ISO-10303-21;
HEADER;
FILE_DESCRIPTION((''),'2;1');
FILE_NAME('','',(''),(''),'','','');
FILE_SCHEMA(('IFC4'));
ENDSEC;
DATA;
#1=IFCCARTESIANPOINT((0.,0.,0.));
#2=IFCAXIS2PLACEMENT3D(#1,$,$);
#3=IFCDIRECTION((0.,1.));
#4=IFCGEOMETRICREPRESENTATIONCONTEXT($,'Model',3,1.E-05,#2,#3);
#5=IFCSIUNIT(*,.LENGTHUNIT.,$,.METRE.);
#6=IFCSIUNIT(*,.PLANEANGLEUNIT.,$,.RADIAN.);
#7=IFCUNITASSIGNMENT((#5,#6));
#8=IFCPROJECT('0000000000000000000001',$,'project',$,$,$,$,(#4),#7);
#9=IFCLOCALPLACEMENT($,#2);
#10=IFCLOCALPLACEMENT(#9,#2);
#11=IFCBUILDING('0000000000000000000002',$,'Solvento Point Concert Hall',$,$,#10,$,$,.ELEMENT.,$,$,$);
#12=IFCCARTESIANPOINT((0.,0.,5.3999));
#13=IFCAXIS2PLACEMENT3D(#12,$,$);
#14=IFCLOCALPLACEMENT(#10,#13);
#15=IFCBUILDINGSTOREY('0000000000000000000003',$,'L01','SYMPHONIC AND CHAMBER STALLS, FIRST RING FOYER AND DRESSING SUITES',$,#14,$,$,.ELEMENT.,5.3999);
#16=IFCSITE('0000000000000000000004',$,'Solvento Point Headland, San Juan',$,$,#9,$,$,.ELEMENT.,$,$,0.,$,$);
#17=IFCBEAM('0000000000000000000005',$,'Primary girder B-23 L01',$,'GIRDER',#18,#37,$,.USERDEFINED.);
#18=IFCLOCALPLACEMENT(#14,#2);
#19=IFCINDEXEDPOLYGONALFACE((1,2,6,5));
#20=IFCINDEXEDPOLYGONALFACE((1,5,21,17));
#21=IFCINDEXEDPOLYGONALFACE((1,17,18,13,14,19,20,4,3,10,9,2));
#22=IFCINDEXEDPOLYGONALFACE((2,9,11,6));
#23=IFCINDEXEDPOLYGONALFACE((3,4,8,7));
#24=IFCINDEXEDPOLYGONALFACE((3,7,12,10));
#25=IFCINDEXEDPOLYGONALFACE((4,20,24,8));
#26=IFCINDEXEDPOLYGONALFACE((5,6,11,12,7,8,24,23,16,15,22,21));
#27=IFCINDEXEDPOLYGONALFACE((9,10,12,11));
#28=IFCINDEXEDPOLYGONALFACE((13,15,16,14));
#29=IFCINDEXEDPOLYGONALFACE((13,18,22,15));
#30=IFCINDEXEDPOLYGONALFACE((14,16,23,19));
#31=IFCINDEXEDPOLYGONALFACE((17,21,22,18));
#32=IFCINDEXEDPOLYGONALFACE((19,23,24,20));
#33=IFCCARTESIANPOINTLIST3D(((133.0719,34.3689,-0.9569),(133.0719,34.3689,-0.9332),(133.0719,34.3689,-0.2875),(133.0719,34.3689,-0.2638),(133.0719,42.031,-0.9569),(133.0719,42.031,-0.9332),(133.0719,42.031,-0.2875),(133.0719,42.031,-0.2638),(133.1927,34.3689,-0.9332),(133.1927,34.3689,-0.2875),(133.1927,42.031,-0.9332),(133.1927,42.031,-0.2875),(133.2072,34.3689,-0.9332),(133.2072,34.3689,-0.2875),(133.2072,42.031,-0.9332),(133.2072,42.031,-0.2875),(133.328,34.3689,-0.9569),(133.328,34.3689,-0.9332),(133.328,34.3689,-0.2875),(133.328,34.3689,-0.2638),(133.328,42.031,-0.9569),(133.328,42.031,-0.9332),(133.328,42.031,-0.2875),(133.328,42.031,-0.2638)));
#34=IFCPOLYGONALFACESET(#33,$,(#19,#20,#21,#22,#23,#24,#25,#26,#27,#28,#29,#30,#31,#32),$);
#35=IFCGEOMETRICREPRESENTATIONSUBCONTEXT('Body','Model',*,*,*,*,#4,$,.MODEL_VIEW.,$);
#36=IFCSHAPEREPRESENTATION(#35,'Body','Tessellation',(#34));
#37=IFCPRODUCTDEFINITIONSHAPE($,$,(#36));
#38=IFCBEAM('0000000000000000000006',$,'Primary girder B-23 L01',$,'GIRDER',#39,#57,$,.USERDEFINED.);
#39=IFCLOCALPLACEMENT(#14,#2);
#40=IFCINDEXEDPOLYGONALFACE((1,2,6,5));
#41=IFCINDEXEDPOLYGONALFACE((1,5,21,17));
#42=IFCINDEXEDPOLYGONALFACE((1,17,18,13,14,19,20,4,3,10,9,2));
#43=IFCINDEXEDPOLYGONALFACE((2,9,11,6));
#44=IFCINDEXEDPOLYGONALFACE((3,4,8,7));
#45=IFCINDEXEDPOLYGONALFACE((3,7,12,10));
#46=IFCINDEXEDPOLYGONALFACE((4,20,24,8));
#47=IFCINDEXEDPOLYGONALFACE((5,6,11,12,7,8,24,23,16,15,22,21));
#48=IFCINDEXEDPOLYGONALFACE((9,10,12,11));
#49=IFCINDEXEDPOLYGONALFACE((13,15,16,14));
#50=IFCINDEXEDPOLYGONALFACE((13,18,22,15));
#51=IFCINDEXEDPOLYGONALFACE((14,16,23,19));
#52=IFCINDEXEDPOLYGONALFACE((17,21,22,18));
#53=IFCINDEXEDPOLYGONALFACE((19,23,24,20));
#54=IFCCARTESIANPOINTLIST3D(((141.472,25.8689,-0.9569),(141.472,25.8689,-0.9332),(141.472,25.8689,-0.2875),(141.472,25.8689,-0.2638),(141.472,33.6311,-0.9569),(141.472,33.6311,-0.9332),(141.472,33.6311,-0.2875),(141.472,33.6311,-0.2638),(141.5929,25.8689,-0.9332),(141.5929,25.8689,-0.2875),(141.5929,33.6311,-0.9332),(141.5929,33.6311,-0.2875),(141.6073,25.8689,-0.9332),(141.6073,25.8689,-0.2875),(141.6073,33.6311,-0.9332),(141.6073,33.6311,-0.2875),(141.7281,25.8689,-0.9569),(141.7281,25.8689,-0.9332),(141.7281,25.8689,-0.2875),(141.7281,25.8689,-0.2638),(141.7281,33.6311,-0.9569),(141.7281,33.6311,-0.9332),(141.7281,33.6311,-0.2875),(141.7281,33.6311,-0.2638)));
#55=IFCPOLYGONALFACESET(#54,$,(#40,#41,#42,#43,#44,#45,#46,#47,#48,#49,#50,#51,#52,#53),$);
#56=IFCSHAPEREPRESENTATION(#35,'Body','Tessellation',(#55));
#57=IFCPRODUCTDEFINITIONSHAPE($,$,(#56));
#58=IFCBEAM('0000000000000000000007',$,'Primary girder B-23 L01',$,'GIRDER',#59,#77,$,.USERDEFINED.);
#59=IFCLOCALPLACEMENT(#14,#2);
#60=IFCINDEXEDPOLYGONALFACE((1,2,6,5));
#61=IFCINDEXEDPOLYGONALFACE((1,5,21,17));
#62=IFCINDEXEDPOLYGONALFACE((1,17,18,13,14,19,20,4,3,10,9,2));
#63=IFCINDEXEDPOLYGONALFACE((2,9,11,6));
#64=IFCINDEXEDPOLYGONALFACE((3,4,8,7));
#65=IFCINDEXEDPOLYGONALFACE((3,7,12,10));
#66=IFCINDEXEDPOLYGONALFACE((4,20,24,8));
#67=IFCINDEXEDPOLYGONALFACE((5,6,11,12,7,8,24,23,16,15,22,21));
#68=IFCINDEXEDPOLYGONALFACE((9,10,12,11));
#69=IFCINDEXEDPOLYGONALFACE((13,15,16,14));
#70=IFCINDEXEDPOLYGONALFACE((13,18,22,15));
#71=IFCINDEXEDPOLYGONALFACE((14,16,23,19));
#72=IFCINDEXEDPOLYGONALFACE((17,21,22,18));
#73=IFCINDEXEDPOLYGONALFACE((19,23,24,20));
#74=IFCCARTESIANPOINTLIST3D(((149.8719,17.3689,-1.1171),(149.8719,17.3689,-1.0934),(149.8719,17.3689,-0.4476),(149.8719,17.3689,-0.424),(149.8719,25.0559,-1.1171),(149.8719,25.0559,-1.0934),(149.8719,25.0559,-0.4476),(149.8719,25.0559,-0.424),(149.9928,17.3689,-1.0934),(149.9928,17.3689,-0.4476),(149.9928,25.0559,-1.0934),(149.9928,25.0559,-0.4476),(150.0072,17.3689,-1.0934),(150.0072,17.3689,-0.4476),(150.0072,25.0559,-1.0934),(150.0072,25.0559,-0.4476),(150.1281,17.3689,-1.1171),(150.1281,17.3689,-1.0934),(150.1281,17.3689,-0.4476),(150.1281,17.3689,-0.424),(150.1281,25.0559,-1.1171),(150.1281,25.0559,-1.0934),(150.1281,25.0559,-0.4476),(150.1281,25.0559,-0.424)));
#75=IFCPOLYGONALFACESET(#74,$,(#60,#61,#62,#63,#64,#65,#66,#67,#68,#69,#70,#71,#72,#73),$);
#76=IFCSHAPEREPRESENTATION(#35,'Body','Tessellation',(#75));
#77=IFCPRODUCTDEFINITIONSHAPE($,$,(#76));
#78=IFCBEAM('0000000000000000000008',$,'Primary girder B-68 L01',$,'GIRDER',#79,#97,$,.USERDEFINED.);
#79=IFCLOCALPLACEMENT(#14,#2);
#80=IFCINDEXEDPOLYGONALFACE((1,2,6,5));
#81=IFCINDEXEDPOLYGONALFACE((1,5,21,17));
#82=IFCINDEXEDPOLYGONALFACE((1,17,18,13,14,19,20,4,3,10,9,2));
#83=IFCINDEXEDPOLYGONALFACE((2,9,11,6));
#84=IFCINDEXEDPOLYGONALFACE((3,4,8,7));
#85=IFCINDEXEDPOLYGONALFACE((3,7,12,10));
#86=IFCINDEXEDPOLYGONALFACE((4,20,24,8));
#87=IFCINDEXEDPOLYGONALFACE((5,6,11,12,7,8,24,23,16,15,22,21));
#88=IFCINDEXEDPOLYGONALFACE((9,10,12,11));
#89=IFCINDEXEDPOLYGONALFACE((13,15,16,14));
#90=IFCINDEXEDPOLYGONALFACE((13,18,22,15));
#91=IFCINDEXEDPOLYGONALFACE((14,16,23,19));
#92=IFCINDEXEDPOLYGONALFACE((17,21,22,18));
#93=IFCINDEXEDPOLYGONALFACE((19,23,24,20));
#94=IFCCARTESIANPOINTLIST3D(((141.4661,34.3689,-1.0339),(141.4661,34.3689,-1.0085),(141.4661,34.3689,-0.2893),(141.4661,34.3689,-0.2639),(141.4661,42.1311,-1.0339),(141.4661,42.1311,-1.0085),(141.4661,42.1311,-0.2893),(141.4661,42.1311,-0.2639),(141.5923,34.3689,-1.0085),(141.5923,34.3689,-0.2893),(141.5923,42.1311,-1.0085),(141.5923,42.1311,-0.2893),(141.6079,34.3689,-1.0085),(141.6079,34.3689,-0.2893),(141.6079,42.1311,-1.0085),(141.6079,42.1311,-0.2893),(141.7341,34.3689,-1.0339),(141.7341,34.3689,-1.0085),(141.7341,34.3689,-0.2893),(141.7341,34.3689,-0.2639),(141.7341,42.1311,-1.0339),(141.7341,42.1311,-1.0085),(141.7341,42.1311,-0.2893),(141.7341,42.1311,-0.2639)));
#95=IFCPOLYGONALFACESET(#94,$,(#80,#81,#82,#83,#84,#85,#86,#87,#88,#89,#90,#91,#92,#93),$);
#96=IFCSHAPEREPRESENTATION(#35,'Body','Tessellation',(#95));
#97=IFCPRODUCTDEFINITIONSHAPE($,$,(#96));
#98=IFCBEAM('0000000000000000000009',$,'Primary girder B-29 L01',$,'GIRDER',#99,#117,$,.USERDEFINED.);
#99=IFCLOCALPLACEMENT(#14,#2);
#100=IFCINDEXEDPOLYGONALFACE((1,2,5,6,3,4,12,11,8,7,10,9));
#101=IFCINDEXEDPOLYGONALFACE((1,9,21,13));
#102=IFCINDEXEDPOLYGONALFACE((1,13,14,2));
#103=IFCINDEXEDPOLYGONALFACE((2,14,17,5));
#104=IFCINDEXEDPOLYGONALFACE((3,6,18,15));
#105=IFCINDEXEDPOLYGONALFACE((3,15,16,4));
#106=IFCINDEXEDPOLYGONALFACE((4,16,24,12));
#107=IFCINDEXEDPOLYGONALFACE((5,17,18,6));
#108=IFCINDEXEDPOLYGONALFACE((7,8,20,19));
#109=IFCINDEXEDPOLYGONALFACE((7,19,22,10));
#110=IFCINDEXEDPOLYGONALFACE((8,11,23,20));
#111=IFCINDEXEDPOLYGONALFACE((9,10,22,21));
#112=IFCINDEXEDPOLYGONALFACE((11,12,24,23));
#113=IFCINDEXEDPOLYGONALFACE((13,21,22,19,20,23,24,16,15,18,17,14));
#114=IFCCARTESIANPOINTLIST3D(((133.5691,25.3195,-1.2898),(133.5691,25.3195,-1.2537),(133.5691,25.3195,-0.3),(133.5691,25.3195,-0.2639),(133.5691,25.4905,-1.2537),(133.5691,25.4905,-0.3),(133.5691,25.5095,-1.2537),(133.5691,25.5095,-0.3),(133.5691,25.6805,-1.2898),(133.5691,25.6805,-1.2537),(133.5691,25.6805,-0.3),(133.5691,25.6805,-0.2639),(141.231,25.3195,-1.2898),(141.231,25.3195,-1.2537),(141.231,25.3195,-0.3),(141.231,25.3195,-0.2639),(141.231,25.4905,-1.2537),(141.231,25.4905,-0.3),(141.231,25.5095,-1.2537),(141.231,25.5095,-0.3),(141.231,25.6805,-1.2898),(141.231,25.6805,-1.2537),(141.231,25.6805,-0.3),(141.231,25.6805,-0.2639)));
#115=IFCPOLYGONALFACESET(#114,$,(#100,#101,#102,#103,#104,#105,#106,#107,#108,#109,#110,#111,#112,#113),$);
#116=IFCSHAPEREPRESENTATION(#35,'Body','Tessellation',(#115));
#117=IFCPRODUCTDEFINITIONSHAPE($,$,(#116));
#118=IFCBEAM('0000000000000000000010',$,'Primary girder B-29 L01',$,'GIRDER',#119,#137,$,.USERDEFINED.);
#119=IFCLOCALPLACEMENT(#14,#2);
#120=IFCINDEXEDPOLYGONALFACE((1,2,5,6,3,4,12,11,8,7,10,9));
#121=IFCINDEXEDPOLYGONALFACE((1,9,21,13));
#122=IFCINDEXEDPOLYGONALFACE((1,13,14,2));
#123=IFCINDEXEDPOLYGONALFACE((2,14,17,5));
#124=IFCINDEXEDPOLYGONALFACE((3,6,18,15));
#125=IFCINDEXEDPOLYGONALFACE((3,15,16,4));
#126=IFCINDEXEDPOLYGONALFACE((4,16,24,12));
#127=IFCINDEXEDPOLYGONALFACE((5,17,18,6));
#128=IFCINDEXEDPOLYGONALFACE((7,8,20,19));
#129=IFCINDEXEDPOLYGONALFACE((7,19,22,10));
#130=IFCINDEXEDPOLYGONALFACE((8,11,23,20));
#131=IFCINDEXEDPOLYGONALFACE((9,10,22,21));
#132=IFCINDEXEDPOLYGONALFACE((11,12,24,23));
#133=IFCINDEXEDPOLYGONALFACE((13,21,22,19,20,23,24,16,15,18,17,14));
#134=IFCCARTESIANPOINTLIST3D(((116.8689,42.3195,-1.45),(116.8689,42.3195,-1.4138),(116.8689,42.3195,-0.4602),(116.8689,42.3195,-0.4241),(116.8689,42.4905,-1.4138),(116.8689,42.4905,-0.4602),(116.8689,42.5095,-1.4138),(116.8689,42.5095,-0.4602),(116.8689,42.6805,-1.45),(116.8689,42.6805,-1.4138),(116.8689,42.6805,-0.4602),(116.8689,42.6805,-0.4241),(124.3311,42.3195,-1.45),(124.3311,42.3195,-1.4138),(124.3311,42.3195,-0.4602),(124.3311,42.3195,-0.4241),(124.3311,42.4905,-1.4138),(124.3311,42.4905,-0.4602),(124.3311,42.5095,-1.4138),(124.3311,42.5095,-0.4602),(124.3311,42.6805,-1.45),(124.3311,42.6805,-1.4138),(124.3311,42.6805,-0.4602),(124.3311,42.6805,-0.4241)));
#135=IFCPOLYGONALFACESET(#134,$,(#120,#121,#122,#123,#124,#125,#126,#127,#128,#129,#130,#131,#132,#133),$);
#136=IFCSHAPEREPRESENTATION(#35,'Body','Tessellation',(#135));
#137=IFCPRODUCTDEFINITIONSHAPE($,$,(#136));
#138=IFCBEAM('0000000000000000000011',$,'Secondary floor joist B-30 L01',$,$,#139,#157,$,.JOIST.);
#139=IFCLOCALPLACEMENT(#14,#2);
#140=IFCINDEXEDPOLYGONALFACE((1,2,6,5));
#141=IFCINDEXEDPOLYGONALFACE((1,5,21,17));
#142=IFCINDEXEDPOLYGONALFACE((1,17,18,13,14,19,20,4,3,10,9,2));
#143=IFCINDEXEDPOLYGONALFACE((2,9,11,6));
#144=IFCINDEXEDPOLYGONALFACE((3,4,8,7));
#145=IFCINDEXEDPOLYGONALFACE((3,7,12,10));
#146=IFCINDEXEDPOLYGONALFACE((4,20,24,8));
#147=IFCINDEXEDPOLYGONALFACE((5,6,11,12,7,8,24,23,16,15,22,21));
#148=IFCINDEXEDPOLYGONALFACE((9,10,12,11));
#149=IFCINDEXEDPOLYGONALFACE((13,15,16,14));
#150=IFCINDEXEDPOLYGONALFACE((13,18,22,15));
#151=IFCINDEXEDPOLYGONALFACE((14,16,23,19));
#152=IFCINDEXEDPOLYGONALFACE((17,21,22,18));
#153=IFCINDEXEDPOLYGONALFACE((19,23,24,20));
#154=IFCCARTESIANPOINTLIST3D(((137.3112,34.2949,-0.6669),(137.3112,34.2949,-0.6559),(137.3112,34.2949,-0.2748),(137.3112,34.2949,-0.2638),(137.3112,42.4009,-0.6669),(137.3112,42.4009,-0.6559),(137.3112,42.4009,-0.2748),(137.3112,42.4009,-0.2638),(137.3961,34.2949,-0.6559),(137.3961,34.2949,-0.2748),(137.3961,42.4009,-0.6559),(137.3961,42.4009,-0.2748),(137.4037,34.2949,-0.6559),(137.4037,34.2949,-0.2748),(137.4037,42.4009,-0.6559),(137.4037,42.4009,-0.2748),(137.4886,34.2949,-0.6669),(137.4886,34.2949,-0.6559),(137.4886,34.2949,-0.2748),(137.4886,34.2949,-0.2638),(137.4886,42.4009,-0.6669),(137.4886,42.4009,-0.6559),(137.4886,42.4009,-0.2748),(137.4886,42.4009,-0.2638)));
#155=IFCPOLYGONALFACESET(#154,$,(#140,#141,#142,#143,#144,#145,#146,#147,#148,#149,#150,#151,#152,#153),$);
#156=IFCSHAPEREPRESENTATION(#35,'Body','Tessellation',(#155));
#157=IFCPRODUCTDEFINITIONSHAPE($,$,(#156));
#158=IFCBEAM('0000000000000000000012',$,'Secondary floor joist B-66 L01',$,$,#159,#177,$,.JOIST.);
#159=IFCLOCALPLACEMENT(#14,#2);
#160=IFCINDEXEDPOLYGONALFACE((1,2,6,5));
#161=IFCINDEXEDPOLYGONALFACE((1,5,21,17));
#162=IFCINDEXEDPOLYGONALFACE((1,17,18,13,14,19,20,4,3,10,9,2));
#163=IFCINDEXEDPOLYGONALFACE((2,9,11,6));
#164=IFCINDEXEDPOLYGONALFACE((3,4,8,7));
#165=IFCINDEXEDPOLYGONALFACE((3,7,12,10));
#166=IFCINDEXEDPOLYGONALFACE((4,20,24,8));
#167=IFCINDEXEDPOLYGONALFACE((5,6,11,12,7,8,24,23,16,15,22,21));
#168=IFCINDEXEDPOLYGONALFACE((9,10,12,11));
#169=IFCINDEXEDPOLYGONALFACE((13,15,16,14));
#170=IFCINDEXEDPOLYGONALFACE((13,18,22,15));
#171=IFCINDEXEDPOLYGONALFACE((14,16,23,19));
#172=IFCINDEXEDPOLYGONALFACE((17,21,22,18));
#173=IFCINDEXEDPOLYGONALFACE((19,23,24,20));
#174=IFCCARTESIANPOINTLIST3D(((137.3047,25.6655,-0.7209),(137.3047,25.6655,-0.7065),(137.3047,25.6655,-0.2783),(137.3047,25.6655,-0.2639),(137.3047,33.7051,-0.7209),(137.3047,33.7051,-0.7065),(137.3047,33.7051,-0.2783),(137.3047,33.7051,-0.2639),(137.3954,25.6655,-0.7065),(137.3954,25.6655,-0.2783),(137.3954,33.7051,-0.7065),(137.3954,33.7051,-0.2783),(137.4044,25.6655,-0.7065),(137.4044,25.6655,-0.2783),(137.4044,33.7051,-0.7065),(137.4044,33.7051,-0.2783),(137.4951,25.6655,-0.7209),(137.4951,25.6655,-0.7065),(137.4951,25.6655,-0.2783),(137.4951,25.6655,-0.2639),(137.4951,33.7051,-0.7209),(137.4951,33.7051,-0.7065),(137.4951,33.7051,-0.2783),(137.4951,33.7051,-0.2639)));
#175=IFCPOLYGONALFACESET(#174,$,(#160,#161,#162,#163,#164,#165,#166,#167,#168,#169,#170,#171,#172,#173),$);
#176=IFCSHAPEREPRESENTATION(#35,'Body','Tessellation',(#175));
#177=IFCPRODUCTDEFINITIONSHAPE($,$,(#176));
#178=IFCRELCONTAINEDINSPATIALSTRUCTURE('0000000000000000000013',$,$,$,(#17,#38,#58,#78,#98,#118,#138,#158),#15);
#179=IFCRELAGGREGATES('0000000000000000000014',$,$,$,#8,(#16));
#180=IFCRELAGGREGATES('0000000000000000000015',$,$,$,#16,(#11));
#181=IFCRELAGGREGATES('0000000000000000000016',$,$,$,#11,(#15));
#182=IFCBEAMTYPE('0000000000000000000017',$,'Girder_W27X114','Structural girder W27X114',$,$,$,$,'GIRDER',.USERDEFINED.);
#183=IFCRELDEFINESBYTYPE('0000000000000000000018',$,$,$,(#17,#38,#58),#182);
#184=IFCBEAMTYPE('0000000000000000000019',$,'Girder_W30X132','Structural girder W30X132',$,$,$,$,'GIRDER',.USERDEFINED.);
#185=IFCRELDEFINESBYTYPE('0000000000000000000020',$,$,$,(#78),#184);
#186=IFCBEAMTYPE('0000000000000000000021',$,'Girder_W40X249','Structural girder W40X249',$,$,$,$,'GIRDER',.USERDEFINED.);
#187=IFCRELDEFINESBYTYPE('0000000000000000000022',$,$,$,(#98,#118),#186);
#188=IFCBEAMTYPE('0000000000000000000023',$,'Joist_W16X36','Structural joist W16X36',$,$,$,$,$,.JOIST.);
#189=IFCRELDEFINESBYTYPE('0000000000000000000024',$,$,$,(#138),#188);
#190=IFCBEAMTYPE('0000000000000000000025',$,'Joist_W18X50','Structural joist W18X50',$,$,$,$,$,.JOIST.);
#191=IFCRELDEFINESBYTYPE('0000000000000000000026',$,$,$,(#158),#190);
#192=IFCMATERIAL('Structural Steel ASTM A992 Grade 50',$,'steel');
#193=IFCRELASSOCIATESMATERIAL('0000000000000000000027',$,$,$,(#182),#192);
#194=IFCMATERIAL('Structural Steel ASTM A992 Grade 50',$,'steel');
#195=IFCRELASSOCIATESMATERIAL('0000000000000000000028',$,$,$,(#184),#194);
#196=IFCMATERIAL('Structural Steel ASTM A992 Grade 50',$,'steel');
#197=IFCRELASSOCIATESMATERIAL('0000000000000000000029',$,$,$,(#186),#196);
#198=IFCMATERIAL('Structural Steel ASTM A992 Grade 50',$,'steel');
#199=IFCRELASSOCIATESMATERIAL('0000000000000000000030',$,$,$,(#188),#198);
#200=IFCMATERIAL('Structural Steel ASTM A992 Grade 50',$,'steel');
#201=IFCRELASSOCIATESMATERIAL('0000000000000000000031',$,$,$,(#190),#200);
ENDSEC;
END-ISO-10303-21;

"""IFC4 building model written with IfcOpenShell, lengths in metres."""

from ifc_helpers import new_model, si_unit, direction, frame, origin, origin_2d, place, context, subcontext, project, spatial, i_section, extrude, material, material_profile, profile_set, type_object, element, save


model = new_model("IFC4")

# Units and contexts
model_context = context("Model", 3, precision=1e-05, world=origin(), true_north=direction((0.0, 1.0)))
body_context = subcontext(model_context, "Body", "Model", "MODEL_VIEW")
ifc_project = project(units=[si_unit("LENGTHUNIT", "METRE"), si_unit("PLANEANGLEUNIT", "RADIAN")], contexts=[model_context])

# Site, building, storey
site_placement = place(None, origin())
site = spatial("IfcSite", under=ifc_project, at=site_placement, Name="Solvento Point Headland, San Juan", CompositionType="ELEMENT", RefElevation=0.0)
building_placement = place(site_placement, origin())
building = spatial("IfcBuilding", under=site, at=building_placement, Name="Solvento Point Concert Hall", CompositionType="ELEMENT")
storey_placement = place(building_placement, frame((0.0, 0.0, 5.3999)))
storey = spatial("IfcBuildingStorey", under=building, at=storey_placement, Name="L01", Description="SYMPHONIC AND CHAMBER STALLS, FIRST RING FOYER AND DRESSING SUITES", CompositionType="ELEMENT", Elevation=5.3999)

# Beams
ifc_material_1 = material(Name="Structural Steel ASTM A992 Grade 50", Category="steel")
ifc_material_profile_1 = material_profile(ifc_material_1, i_section(OverallWidth=0.2561, OverallDepth=0.6931, WebThickness=0.0144, FlangeThickness=0.0237, at=origin_2d()), Name="W27X114")
ifc_profile_set_1 = profile_set([ifc_material_profile_1], Name="Structural Steel ASTM A992 Grade 50")
beam_type_1 = type_object("IfcBeamType", Name="Girder_W27X114", Description="Structural girder W27X114", ElementType="GIRDER", PredefinedType="USERDEFINED", material=ifc_profile_set_1)
beam_1_placement = place(storey_placement, frame((133.2, 34.3689, -0.6104), z_axis=(0.0, 1.0, 0.0), x_axis=(-1.0, 0.0, 0.0)))
element("IfcBeam", 1, at=beam_1_placement, inside=storey, type_object=beam_type_1, Name="Primary girder B-23 L01", ObjectType="GIRDER", PredefinedType="USERDEFINED", context=body_context, shape_type="SweptSolid", body=[
    extrude(i_section(OverallWidth=0.2561, OverallDepth=0.6931, WebThickness=0.0144, FlangeThickness=0.0237, at=origin_2d()), origin(), (0.0, 0.0, 1.0), 7.6621),
])
beam_2_placement = place(storey_placement, frame((141.6001, 25.8689, -0.6104), z_axis=(0.0, 1.0, 0.0), x_axis=(-1.0, 0.0, 0.0)))
element("IfcBeam", 2, at=beam_2_placement, inside=storey, type_object=beam_type_1, Name="Primary girder B-23 L01", ObjectType="GIRDER", PredefinedType="USERDEFINED", context=body_context, shape_type="SweptSolid", body=[
    extrude(i_section(OverallWidth=0.2561, OverallDepth=0.6931, WebThickness=0.0144, FlangeThickness=0.0237, at=origin_2d()), origin(), (0.0, 0.0, 1.0), 7.7622),
])
beam_3_placement = place(storey_placement, frame((150.0, 17.3689, -0.7705), z_axis=(0.0, 1.0, 0.0), x_axis=(-1.0, 0.0, 0.0)))
element("IfcBeam", 3, at=beam_3_placement, inside=storey, type_object=beam_type_1, Name="Primary girder B-23 L01", ObjectType="GIRDER", PredefinedType="USERDEFINED", context=body_context, shape_type="SweptSolid", body=[
    extrude(i_section(OverallWidth=0.2561, OverallDepth=0.6931, WebThickness=0.0144, FlangeThickness=0.0237, at=origin_2d()), origin(), (0.0, 0.0, 1.0), 7.687),
])
ifc_material_2 = material(Name="Structural Steel ASTM A992 Grade 50", Category="steel")
ifc_material_profile_2 = material_profile(ifc_material_2, i_section(OverallWidth=0.2681, OverallDepth=0.77, WebThickness=0.0156, FlangeThickness=0.0254, at=origin_2d()), Name="W30X132")
ifc_profile_set_2 = profile_set([ifc_material_profile_2], Name="Structural Steel ASTM A992 Grade 50")
beam_type_2 = type_object("IfcBeamType", Name="Girder_W30X132", Description="Structural girder W30X132", ElementType="GIRDER", PredefinedType="USERDEFINED", material=ifc_profile_set_2)
beam_4_placement = place(storey_placement, frame((141.6001, 34.3689, -0.6489), z_axis=(0.0, 1.0, 0.0), x_axis=(-1.0, 0.0, 0.0)))
element("IfcBeam", 4, at=beam_4_placement, inside=storey, type_object=beam_type_2, Name="Primary girder B-68 L01", ObjectType="GIRDER", PredefinedType="USERDEFINED", context=body_context, shape_type="SweptSolid", body=[
    extrude(i_section(OverallWidth=0.2681, OverallDepth=0.77, WebThickness=0.0156, FlangeThickness=0.0254, at=origin_2d()), origin(), (0.0, 0.0, 1.0), 7.7622),
])
ifc_material_3 = material(Name="Structural Steel ASTM A992 Grade 50", Category="steel")
ifc_material_profile_3 = material_profile(ifc_material_3, i_section(OverallWidth=0.3611, OverallDepth=1.0259, WebThickness=0.019, FlangeThickness=0.0361, at=origin_2d()), Name="W40X249")
ifc_profile_set_3 = profile_set([ifc_material_profile_3], Name="Structural Steel ASTM A992 Grade 50")
beam_type_3 = type_object("IfcBeamType", Name="Girder_W40X249", Description="Structural girder W40X249", ElementType="GIRDER", PredefinedType="USERDEFINED", material=ifc_profile_set_3)
beam_5_placement = place(storey_placement, frame((133.5691, 25.5, -0.7769), z_axis=(1.0, 0.0, 0.0), x_axis=(0.0, 1.0, 0.0)))
element("IfcBeam", 5, at=beam_5_placement, inside=storey, type_object=beam_type_3, Name="Primary girder B-29 L01", ObjectType="GIRDER", PredefinedType="USERDEFINED", context=body_context, shape_type="SweptSolid", body=[
    extrude(i_section(OverallWidth=0.3611, OverallDepth=1.0259, WebThickness=0.019, FlangeThickness=0.0361, at=origin_2d()), origin(), (0.0, 0.0, 1.0), 7.6619),
])
beam_6_placement = place(storey_placement, frame((116.8689, 42.5, -0.937), z_axis=(1.0, 0.0, 0.0), x_axis=(0.0, 1.0, 0.0)))
element("IfcBeam", 6, at=beam_6_placement, inside=storey, type_object=beam_type_3, Name="Primary girder B-29 L01", ObjectType="GIRDER", PredefinedType="USERDEFINED", context=body_context, shape_type="SweptSolid", body=[
    extrude(i_section(OverallWidth=0.3611, OverallDepth=1.0259, WebThickness=0.019, FlangeThickness=0.0361, at=origin_2d()), origin(), (0.0, 0.0, 1.0), 7.4622),
])
ifc_material_4 = material(Name="Structural Steel ASTM A992 Grade 50", Category="steel")
ifc_material_profile_4 = material_profile(ifc_material_4, i_section(OverallWidth=0.1775, OverallDepth=0.4031, WebThickness=0.0076, FlangeThickness=0.011, at=origin_2d()), Name="W16X36")
ifc_profile_set_4 = profile_set([ifc_material_profile_4], Name="Structural Steel ASTM A992 Grade 50")
beam_type_4 = type_object("IfcBeamType", Name="Joist_W16X36", Description="Structural joist W16X36", PredefinedType="JOIST", material=ifc_profile_set_4)
beam_7_placement = place(storey_placement, frame((137.3999, 34.2949, -0.4653), z_axis=(0.0, 1.0, 0.0), x_axis=(-1.0, 0.0, 0.0)))
element("IfcBeam", 7, at=beam_7_placement, inside=storey, type_object=beam_type_4, Name="Secondary floor joist B-30 L01", PredefinedType="JOIST", context=body_context, shape_type="SweptSolid", body=[
    extrude(i_section(OverallWidth=0.1775, OverallDepth=0.4031, WebThickness=0.0076, FlangeThickness=0.011, at=origin_2d()), origin(), (0.0, 0.0, 1.0), 8.106),
])
ifc_material_5 = material(Name="Structural Steel ASTM A992 Grade 50", Category="steel")
ifc_material_profile_5 = material_profile(ifc_material_5, i_section(OverallWidth=0.1904, OverallDepth=0.457, WebThickness=0.009, FlangeThickness=0.0144, at=origin_2d()), Name="W18X50")
ifc_profile_set_5 = profile_set([ifc_material_profile_5], Name="Structural Steel ASTM A992 Grade 50")
beam_type_5 = type_object("IfcBeamType", Name="Joist_W18X50", Description="Structural joist W18X50", PredefinedType="JOIST", material=ifc_profile_set_5)
beam_8_placement = place(storey_placement, frame((137.3999, 25.6655, -0.4924), z_axis=(0.0, 1.0, 0.0), x_axis=(-1.0, 0.0, 0.0)))
element("IfcBeam", 8, at=beam_8_placement, inside=storey, type_object=beam_type_5, Name="Secondary floor joist B-66 L01", PredefinedType="JOIST", context=body_context, shape_type="SweptSolid", body=[
    extrude(i_section(OverallWidth=0.1904, OverallDepth=0.457, WebThickness=0.009, FlangeThickness=0.0144, at=origin_2d()), origin(), (0.0, 0.0, 1.0), 8.0396),
])

save(model, "model.ifc")
